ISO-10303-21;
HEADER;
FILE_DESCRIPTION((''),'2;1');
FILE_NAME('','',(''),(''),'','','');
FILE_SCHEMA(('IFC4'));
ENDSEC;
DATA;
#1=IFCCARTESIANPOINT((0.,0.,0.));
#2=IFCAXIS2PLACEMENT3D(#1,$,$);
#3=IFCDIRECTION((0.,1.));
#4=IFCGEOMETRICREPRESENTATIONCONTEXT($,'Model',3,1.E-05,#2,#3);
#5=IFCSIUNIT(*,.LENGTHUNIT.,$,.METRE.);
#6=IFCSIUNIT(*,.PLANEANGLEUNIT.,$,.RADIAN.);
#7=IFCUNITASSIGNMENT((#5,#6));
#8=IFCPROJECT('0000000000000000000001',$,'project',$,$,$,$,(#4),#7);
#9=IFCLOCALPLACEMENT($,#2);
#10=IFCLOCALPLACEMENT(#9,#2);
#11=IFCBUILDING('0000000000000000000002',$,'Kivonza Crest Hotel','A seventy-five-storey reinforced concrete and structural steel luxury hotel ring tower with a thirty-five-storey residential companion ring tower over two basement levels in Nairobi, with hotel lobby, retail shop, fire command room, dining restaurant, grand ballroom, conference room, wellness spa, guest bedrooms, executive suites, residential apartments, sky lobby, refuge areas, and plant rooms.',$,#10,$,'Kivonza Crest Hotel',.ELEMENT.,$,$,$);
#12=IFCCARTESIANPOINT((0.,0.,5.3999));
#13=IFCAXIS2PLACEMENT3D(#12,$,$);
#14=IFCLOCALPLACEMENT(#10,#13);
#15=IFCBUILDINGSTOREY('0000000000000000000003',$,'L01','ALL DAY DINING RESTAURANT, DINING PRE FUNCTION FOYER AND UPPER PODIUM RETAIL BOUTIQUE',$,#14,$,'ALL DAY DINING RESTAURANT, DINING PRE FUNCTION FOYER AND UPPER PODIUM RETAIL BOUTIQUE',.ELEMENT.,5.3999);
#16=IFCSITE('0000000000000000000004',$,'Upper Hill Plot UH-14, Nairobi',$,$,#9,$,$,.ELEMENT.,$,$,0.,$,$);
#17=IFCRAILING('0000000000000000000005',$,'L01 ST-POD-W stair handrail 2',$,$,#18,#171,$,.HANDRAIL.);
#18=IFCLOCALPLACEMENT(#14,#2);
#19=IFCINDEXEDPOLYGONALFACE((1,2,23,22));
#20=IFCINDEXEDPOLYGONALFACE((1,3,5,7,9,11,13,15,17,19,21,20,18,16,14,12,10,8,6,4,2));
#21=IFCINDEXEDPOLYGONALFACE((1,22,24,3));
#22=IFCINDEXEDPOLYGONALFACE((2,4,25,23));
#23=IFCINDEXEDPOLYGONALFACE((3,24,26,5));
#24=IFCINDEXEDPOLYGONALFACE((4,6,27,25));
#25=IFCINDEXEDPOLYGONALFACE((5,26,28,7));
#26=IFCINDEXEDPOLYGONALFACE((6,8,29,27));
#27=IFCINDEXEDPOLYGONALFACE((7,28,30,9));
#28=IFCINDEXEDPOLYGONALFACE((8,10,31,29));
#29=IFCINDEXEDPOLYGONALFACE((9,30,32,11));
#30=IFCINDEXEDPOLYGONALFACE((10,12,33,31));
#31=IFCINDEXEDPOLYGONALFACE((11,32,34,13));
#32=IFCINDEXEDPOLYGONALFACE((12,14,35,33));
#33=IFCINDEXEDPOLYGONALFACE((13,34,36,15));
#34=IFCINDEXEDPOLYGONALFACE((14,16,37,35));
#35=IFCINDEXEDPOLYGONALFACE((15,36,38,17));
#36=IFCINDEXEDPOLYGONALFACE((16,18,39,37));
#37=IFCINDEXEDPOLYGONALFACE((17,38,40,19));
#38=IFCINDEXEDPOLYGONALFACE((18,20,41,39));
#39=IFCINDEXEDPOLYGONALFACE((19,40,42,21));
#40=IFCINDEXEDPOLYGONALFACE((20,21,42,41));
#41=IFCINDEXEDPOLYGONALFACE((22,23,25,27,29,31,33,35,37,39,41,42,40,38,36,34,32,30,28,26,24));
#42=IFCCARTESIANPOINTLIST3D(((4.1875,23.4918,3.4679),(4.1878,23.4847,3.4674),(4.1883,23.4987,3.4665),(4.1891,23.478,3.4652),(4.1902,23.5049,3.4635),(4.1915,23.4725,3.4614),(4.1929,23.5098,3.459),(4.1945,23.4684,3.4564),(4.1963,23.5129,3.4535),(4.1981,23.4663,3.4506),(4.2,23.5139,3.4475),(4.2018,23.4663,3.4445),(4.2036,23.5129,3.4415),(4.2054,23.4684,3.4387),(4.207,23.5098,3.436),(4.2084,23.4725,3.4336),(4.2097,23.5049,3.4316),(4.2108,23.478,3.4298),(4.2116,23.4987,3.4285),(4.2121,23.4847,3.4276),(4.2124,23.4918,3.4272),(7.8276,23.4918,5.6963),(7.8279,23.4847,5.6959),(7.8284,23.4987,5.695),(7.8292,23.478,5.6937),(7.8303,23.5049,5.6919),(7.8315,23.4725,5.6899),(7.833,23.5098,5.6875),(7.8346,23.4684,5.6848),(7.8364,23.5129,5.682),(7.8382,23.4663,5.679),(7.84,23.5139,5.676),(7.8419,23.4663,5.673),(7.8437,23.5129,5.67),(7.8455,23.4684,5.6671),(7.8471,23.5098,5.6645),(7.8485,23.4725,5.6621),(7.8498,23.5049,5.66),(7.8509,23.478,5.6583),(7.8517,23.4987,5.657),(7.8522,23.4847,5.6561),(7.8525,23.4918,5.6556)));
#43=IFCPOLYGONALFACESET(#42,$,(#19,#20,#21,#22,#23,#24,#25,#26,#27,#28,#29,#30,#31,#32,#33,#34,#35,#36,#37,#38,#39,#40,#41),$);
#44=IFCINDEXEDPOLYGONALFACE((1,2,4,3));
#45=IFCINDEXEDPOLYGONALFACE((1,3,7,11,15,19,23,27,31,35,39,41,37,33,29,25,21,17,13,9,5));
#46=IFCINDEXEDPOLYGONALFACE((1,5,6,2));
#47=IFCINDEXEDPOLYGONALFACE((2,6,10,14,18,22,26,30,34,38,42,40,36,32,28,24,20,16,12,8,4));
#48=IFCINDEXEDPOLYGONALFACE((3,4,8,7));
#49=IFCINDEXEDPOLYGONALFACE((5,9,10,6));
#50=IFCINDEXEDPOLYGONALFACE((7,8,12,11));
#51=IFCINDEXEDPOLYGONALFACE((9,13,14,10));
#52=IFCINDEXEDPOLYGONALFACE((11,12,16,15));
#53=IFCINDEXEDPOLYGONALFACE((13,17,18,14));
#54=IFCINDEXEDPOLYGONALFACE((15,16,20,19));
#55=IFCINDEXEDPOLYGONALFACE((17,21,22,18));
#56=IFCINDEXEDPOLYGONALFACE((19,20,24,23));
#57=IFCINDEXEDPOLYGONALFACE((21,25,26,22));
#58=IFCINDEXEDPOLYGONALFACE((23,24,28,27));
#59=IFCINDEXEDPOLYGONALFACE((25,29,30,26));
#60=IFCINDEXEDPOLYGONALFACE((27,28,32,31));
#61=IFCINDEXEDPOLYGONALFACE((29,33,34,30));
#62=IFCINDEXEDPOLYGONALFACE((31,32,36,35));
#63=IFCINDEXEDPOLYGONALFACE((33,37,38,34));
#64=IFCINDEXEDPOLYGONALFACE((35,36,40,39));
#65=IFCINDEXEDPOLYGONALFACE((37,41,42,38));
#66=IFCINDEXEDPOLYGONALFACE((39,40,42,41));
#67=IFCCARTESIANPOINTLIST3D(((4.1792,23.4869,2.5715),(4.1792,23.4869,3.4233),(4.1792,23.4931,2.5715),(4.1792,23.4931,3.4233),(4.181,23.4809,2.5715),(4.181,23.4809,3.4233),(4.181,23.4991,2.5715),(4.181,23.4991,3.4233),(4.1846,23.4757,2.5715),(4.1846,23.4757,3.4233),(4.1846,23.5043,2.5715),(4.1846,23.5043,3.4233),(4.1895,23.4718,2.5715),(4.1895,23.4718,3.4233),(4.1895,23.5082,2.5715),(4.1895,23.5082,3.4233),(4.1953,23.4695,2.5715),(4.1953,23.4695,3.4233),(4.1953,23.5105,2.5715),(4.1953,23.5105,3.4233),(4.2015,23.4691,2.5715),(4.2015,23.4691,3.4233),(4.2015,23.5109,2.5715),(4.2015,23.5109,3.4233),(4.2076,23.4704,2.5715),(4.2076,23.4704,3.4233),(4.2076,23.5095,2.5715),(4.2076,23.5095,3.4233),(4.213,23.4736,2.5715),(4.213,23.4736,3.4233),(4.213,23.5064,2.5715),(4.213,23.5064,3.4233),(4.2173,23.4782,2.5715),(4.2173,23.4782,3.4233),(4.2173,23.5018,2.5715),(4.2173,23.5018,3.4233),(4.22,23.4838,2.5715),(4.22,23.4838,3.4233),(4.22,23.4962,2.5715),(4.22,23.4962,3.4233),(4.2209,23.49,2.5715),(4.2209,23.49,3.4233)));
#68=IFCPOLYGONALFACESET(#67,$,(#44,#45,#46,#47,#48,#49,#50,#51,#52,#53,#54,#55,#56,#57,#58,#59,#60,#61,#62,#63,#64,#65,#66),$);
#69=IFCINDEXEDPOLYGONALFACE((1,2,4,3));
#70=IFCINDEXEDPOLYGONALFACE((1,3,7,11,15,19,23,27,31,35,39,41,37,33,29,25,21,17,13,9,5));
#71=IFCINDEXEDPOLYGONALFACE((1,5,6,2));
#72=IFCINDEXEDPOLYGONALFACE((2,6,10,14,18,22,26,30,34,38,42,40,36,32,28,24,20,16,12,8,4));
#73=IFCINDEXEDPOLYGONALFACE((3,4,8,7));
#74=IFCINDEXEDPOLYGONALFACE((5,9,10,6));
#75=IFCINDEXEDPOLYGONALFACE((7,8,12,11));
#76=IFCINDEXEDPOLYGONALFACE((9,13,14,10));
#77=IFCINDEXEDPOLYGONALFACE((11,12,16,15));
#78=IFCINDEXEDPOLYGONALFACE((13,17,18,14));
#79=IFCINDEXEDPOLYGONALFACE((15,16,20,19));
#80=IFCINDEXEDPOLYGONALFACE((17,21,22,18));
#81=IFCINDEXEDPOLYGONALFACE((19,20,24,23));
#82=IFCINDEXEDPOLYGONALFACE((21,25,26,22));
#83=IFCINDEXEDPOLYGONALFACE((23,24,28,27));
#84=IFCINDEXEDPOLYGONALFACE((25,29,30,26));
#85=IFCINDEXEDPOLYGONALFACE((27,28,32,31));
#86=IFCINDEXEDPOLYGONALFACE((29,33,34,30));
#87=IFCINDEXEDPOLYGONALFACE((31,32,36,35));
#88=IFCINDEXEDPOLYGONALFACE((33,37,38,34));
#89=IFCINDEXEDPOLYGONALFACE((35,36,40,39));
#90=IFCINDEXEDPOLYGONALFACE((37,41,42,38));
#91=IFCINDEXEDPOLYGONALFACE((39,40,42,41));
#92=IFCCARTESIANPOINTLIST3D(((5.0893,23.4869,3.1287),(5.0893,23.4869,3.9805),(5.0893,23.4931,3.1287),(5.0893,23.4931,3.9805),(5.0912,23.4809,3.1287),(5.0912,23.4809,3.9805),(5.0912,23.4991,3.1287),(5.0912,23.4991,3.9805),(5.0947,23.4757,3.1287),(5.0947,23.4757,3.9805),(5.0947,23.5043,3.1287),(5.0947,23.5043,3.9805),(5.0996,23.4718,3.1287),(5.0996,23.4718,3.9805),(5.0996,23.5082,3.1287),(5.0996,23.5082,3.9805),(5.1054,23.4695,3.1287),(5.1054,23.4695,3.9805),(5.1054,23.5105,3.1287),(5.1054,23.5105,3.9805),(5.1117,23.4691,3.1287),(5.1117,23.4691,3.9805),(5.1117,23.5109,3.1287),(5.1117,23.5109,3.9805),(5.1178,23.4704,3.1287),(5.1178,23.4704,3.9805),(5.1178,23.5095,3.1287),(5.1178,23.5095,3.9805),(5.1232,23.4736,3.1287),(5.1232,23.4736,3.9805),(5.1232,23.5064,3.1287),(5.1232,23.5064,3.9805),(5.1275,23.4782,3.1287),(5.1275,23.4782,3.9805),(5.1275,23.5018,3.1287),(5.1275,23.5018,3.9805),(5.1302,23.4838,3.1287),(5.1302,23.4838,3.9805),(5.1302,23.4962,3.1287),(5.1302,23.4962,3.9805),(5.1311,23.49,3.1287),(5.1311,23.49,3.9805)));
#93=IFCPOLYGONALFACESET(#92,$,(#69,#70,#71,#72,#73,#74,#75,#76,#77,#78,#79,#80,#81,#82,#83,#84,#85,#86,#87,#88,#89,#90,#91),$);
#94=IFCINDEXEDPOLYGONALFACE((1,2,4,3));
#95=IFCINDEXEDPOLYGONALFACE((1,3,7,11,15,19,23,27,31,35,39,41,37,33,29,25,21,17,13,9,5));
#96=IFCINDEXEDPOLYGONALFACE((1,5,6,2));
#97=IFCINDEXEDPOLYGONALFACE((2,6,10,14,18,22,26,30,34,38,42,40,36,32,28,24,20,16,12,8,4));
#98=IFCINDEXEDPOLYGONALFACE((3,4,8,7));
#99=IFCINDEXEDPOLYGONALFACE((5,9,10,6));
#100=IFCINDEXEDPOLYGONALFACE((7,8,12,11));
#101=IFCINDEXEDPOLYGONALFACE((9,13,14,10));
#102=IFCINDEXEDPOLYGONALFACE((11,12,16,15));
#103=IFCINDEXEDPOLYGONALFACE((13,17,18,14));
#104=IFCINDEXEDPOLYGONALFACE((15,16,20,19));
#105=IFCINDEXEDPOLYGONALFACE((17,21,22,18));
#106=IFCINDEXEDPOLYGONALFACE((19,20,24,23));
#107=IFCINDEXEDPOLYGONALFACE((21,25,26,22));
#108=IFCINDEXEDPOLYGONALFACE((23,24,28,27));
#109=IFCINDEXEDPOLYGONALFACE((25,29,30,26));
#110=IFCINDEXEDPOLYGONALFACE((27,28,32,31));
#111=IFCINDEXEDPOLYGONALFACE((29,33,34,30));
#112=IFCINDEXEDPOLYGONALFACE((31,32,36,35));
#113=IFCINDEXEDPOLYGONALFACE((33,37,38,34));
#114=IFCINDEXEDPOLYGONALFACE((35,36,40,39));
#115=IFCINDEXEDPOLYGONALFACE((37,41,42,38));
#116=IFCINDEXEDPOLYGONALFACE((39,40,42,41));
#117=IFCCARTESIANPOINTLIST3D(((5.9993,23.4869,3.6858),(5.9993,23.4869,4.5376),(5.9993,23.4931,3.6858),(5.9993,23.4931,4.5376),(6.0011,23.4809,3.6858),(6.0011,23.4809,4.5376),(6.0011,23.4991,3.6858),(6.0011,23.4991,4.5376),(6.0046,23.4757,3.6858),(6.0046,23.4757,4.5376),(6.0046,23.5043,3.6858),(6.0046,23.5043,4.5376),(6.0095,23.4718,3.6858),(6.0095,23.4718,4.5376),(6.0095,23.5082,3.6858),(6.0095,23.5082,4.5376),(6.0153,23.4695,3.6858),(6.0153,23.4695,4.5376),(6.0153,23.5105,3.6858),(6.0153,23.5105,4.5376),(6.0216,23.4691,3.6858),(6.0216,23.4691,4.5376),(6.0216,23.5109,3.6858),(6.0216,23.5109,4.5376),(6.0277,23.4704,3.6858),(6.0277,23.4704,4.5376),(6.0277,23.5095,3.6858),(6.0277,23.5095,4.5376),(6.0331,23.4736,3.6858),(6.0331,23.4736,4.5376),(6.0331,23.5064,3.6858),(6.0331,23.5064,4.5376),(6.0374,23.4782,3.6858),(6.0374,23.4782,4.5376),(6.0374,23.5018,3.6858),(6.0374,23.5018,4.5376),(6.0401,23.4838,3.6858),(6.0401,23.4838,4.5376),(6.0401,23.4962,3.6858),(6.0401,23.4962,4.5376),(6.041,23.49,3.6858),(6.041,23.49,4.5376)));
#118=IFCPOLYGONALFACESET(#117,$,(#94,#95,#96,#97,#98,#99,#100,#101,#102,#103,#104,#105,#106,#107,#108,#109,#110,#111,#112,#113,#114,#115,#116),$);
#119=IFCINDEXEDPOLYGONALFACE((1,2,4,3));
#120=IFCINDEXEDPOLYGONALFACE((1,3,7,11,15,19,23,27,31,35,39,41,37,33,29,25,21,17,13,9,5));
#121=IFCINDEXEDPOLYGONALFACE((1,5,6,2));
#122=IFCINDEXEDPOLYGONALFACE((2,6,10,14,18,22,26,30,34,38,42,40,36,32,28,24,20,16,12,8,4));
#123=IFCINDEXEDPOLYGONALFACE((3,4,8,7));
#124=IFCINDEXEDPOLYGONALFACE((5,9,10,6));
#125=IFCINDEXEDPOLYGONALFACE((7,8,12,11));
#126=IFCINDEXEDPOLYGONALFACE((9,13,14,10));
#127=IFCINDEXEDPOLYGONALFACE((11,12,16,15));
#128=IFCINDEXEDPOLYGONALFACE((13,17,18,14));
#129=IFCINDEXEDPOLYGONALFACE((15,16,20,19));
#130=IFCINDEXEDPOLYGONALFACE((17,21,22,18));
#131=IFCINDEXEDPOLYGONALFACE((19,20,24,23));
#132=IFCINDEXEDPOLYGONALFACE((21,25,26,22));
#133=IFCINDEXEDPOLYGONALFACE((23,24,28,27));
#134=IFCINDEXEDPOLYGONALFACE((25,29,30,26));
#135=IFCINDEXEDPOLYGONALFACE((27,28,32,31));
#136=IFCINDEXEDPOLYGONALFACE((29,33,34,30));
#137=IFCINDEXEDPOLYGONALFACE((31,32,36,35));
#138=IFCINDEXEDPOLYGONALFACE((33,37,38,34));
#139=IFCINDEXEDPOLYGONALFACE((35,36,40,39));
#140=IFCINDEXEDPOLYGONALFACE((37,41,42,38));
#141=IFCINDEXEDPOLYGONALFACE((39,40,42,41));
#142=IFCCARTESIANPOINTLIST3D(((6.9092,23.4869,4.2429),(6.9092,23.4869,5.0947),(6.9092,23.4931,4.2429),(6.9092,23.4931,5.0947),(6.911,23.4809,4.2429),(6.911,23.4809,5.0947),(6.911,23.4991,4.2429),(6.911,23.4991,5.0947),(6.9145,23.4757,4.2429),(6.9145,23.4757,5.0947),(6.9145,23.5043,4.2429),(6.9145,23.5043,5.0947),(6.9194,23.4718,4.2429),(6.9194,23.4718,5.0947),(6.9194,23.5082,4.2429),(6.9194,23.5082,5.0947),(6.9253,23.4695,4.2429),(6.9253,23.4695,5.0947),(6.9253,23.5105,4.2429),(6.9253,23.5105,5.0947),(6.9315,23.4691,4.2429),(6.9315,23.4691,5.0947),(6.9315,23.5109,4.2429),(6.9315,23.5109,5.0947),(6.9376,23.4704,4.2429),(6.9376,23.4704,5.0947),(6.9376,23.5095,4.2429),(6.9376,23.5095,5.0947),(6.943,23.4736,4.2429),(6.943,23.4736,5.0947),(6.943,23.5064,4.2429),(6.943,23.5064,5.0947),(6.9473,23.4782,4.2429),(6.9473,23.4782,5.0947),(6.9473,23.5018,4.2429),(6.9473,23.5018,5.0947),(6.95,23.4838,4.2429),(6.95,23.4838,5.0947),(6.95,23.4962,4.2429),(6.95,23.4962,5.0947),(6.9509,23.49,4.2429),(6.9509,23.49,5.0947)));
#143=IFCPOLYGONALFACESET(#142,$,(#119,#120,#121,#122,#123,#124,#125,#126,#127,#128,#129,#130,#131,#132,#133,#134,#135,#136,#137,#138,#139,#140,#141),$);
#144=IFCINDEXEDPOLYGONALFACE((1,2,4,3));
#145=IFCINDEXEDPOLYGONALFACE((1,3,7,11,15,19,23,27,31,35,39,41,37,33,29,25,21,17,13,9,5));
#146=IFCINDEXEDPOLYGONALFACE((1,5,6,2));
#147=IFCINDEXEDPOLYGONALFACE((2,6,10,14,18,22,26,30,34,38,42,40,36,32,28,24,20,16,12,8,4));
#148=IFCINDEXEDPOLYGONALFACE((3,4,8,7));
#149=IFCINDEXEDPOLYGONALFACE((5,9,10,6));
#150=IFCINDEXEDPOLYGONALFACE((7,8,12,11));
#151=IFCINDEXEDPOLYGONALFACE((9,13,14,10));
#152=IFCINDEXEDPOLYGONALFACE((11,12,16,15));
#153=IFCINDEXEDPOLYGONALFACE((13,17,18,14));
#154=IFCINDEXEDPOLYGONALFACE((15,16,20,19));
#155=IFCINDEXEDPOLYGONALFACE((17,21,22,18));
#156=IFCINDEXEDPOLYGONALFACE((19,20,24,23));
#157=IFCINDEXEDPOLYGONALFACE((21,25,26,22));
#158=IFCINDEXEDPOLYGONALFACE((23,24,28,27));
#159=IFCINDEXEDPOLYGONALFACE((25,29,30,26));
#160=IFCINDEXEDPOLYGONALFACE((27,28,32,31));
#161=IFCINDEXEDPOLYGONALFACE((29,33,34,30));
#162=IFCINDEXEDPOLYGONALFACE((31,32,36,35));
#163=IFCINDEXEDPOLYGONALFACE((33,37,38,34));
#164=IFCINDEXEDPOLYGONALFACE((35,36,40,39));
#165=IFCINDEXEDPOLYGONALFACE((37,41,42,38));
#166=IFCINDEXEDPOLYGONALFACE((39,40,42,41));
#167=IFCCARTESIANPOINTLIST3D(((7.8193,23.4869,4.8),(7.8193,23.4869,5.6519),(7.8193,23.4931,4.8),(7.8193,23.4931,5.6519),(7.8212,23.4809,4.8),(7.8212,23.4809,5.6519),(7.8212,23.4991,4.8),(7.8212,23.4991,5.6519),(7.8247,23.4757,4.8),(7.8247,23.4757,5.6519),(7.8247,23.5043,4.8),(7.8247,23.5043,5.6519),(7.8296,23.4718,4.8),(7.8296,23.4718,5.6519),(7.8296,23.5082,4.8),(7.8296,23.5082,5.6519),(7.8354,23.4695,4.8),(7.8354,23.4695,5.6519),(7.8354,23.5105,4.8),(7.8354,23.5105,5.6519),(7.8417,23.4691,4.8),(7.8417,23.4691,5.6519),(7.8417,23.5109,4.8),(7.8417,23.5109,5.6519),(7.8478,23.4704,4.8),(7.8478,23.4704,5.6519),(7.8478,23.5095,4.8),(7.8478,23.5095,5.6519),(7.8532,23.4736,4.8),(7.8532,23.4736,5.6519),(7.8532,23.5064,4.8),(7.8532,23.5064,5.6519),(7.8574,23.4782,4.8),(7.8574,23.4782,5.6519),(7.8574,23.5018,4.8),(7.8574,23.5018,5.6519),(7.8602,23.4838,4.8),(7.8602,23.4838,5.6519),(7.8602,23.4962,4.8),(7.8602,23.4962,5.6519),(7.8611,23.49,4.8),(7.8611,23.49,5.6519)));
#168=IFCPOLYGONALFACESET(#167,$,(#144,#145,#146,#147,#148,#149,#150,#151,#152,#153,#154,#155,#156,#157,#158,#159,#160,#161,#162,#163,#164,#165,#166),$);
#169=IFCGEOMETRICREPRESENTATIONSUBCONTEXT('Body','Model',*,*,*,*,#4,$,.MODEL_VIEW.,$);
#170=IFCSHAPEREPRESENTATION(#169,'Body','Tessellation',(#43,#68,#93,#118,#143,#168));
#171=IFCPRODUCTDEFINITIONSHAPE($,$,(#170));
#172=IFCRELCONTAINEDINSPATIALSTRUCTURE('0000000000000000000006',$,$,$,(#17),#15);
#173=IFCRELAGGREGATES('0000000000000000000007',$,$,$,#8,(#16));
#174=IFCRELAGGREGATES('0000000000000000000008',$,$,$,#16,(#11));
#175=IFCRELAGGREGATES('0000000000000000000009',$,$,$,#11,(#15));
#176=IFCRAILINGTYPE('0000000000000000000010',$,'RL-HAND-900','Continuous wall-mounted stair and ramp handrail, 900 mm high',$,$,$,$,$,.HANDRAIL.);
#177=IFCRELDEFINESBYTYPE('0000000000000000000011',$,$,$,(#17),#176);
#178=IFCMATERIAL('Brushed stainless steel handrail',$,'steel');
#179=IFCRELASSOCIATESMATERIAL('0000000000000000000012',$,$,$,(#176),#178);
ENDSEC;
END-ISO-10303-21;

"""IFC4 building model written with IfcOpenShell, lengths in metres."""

from ifc_helpers import new_model, si_unit, direction, frame, origin, origin_2d, place, context, subcontext, project, spatial, circle, extrude, material, type_object, element, save


model = new_model("IFC4")

# Units and contexts
model_context = context("Model", 3, precision=1e-05, world=origin(), true_north=direction((0.0, 1.0)))
body_context = subcontext(model_context, "Body", "Model", "MODEL_VIEW")
ifc_project = project(units=[si_unit("LENGTHUNIT", "METRE"), si_unit("PLANEANGLEUNIT", "RADIAN")], contexts=[model_context])

# Site, building, storey
site_placement = place(None, origin())
site = spatial("IfcSite", under=ifc_project, at=site_placement, Name="Upper Hill Plot UH-14, Nairobi", CompositionType="ELEMENT", RefElevation=0.0)
building_placement = place(site_placement, origin())
building = spatial("IfcBuilding", under=site, at=building_placement, Name="Kivonza Crest Hotel", Description="A seventy-five-storey reinforced concrete and structural steel luxury hotel ring tower with a thirty-five-storey residential companion ring tower over two basement levels in Nairobi, with hotel lobby, retail shop, fire command room, dining restaurant, grand ballroom, conference room, wellness spa, guest bedrooms, executive suites, residential apartments, sky lobby, refuge areas, and plant rooms.", LongName="Kivonza Crest Hotel", CompositionType="ELEMENT")
storey_placement = place(building_placement, frame((0.0, 0.0, 5.3999)))
storey = spatial("IfcBuildingStorey", under=building, at=storey_placement, Name="L01", Description="ALL DAY DINING RESTAURANT, DINING PRE FUNCTION FOYER AND UPPER PODIUM RETAIL BOUTIQUE", LongName="ALL DAY DINING RESTAURANT, DINING PRE FUNCTION FOYER AND UPPER PODIUM RETAIL BOUTIQUE", CompositionType="ELEMENT", Elevation=5.3999)

# Railing
ifc_material_1 = material(Name="Brushed stainless steel handrail", Category="steel")
railing_type_1 = type_object("IfcRailingType", Name="RL-HAND-900", Description="Continuous wall-mounted stair and ramp handrail, 900 mm high", PredefinedType="HANDRAIL", material=ifc_material_1)
railing_1_placement = place(storey_placement, frame((4.2, 23.49, 2.5715)))
element("IfcRailing", 1, at=railing_1_placement, inside=storey, type_object=railing_type_1, Name="L01 ST-POD-W stair handrail 2", PredefinedType="HANDRAIL", context=body_context, shape_type="SweptSolid", body=[
    extrude(circle(Radius=0.0239, at=origin_2d()), frame((0.0, 0.0, 0.876), z_axis=(0.852866, 0.0, 0.52213), x_axis=(0.0, 1.0, 0.0)), (0.0, 0.0, 1.0), 4.2681),
    extrude(circle(Radius=0.021, at=origin_2d()), origin(), (0.0, 0.0, 1.0), 0.8518),
    extrude(circle(Radius=0.021, at=origin_2d()), frame((0.9102, 0.0, 0.5571)), (0.0, 0.0, 1.0), 0.8518),
    extrude(circle(Radius=0.021, at=origin_2d()), frame((1.8201, 0.0, 1.1143)), (0.0, 0.0, 1.0), 0.8518),
    extrude(circle(Radius=0.021, at=origin_2d()), frame((2.73, 0.0, 1.6714)), (0.0, 0.0, 1.0), 0.8518),
    extrude(circle(Radius=0.021, at=origin_2d()), frame((3.6401, 0.0, 2.2285)), (0.0, 0.0, 1.0), 0.8518),
])

save(model, "model.ifc")
